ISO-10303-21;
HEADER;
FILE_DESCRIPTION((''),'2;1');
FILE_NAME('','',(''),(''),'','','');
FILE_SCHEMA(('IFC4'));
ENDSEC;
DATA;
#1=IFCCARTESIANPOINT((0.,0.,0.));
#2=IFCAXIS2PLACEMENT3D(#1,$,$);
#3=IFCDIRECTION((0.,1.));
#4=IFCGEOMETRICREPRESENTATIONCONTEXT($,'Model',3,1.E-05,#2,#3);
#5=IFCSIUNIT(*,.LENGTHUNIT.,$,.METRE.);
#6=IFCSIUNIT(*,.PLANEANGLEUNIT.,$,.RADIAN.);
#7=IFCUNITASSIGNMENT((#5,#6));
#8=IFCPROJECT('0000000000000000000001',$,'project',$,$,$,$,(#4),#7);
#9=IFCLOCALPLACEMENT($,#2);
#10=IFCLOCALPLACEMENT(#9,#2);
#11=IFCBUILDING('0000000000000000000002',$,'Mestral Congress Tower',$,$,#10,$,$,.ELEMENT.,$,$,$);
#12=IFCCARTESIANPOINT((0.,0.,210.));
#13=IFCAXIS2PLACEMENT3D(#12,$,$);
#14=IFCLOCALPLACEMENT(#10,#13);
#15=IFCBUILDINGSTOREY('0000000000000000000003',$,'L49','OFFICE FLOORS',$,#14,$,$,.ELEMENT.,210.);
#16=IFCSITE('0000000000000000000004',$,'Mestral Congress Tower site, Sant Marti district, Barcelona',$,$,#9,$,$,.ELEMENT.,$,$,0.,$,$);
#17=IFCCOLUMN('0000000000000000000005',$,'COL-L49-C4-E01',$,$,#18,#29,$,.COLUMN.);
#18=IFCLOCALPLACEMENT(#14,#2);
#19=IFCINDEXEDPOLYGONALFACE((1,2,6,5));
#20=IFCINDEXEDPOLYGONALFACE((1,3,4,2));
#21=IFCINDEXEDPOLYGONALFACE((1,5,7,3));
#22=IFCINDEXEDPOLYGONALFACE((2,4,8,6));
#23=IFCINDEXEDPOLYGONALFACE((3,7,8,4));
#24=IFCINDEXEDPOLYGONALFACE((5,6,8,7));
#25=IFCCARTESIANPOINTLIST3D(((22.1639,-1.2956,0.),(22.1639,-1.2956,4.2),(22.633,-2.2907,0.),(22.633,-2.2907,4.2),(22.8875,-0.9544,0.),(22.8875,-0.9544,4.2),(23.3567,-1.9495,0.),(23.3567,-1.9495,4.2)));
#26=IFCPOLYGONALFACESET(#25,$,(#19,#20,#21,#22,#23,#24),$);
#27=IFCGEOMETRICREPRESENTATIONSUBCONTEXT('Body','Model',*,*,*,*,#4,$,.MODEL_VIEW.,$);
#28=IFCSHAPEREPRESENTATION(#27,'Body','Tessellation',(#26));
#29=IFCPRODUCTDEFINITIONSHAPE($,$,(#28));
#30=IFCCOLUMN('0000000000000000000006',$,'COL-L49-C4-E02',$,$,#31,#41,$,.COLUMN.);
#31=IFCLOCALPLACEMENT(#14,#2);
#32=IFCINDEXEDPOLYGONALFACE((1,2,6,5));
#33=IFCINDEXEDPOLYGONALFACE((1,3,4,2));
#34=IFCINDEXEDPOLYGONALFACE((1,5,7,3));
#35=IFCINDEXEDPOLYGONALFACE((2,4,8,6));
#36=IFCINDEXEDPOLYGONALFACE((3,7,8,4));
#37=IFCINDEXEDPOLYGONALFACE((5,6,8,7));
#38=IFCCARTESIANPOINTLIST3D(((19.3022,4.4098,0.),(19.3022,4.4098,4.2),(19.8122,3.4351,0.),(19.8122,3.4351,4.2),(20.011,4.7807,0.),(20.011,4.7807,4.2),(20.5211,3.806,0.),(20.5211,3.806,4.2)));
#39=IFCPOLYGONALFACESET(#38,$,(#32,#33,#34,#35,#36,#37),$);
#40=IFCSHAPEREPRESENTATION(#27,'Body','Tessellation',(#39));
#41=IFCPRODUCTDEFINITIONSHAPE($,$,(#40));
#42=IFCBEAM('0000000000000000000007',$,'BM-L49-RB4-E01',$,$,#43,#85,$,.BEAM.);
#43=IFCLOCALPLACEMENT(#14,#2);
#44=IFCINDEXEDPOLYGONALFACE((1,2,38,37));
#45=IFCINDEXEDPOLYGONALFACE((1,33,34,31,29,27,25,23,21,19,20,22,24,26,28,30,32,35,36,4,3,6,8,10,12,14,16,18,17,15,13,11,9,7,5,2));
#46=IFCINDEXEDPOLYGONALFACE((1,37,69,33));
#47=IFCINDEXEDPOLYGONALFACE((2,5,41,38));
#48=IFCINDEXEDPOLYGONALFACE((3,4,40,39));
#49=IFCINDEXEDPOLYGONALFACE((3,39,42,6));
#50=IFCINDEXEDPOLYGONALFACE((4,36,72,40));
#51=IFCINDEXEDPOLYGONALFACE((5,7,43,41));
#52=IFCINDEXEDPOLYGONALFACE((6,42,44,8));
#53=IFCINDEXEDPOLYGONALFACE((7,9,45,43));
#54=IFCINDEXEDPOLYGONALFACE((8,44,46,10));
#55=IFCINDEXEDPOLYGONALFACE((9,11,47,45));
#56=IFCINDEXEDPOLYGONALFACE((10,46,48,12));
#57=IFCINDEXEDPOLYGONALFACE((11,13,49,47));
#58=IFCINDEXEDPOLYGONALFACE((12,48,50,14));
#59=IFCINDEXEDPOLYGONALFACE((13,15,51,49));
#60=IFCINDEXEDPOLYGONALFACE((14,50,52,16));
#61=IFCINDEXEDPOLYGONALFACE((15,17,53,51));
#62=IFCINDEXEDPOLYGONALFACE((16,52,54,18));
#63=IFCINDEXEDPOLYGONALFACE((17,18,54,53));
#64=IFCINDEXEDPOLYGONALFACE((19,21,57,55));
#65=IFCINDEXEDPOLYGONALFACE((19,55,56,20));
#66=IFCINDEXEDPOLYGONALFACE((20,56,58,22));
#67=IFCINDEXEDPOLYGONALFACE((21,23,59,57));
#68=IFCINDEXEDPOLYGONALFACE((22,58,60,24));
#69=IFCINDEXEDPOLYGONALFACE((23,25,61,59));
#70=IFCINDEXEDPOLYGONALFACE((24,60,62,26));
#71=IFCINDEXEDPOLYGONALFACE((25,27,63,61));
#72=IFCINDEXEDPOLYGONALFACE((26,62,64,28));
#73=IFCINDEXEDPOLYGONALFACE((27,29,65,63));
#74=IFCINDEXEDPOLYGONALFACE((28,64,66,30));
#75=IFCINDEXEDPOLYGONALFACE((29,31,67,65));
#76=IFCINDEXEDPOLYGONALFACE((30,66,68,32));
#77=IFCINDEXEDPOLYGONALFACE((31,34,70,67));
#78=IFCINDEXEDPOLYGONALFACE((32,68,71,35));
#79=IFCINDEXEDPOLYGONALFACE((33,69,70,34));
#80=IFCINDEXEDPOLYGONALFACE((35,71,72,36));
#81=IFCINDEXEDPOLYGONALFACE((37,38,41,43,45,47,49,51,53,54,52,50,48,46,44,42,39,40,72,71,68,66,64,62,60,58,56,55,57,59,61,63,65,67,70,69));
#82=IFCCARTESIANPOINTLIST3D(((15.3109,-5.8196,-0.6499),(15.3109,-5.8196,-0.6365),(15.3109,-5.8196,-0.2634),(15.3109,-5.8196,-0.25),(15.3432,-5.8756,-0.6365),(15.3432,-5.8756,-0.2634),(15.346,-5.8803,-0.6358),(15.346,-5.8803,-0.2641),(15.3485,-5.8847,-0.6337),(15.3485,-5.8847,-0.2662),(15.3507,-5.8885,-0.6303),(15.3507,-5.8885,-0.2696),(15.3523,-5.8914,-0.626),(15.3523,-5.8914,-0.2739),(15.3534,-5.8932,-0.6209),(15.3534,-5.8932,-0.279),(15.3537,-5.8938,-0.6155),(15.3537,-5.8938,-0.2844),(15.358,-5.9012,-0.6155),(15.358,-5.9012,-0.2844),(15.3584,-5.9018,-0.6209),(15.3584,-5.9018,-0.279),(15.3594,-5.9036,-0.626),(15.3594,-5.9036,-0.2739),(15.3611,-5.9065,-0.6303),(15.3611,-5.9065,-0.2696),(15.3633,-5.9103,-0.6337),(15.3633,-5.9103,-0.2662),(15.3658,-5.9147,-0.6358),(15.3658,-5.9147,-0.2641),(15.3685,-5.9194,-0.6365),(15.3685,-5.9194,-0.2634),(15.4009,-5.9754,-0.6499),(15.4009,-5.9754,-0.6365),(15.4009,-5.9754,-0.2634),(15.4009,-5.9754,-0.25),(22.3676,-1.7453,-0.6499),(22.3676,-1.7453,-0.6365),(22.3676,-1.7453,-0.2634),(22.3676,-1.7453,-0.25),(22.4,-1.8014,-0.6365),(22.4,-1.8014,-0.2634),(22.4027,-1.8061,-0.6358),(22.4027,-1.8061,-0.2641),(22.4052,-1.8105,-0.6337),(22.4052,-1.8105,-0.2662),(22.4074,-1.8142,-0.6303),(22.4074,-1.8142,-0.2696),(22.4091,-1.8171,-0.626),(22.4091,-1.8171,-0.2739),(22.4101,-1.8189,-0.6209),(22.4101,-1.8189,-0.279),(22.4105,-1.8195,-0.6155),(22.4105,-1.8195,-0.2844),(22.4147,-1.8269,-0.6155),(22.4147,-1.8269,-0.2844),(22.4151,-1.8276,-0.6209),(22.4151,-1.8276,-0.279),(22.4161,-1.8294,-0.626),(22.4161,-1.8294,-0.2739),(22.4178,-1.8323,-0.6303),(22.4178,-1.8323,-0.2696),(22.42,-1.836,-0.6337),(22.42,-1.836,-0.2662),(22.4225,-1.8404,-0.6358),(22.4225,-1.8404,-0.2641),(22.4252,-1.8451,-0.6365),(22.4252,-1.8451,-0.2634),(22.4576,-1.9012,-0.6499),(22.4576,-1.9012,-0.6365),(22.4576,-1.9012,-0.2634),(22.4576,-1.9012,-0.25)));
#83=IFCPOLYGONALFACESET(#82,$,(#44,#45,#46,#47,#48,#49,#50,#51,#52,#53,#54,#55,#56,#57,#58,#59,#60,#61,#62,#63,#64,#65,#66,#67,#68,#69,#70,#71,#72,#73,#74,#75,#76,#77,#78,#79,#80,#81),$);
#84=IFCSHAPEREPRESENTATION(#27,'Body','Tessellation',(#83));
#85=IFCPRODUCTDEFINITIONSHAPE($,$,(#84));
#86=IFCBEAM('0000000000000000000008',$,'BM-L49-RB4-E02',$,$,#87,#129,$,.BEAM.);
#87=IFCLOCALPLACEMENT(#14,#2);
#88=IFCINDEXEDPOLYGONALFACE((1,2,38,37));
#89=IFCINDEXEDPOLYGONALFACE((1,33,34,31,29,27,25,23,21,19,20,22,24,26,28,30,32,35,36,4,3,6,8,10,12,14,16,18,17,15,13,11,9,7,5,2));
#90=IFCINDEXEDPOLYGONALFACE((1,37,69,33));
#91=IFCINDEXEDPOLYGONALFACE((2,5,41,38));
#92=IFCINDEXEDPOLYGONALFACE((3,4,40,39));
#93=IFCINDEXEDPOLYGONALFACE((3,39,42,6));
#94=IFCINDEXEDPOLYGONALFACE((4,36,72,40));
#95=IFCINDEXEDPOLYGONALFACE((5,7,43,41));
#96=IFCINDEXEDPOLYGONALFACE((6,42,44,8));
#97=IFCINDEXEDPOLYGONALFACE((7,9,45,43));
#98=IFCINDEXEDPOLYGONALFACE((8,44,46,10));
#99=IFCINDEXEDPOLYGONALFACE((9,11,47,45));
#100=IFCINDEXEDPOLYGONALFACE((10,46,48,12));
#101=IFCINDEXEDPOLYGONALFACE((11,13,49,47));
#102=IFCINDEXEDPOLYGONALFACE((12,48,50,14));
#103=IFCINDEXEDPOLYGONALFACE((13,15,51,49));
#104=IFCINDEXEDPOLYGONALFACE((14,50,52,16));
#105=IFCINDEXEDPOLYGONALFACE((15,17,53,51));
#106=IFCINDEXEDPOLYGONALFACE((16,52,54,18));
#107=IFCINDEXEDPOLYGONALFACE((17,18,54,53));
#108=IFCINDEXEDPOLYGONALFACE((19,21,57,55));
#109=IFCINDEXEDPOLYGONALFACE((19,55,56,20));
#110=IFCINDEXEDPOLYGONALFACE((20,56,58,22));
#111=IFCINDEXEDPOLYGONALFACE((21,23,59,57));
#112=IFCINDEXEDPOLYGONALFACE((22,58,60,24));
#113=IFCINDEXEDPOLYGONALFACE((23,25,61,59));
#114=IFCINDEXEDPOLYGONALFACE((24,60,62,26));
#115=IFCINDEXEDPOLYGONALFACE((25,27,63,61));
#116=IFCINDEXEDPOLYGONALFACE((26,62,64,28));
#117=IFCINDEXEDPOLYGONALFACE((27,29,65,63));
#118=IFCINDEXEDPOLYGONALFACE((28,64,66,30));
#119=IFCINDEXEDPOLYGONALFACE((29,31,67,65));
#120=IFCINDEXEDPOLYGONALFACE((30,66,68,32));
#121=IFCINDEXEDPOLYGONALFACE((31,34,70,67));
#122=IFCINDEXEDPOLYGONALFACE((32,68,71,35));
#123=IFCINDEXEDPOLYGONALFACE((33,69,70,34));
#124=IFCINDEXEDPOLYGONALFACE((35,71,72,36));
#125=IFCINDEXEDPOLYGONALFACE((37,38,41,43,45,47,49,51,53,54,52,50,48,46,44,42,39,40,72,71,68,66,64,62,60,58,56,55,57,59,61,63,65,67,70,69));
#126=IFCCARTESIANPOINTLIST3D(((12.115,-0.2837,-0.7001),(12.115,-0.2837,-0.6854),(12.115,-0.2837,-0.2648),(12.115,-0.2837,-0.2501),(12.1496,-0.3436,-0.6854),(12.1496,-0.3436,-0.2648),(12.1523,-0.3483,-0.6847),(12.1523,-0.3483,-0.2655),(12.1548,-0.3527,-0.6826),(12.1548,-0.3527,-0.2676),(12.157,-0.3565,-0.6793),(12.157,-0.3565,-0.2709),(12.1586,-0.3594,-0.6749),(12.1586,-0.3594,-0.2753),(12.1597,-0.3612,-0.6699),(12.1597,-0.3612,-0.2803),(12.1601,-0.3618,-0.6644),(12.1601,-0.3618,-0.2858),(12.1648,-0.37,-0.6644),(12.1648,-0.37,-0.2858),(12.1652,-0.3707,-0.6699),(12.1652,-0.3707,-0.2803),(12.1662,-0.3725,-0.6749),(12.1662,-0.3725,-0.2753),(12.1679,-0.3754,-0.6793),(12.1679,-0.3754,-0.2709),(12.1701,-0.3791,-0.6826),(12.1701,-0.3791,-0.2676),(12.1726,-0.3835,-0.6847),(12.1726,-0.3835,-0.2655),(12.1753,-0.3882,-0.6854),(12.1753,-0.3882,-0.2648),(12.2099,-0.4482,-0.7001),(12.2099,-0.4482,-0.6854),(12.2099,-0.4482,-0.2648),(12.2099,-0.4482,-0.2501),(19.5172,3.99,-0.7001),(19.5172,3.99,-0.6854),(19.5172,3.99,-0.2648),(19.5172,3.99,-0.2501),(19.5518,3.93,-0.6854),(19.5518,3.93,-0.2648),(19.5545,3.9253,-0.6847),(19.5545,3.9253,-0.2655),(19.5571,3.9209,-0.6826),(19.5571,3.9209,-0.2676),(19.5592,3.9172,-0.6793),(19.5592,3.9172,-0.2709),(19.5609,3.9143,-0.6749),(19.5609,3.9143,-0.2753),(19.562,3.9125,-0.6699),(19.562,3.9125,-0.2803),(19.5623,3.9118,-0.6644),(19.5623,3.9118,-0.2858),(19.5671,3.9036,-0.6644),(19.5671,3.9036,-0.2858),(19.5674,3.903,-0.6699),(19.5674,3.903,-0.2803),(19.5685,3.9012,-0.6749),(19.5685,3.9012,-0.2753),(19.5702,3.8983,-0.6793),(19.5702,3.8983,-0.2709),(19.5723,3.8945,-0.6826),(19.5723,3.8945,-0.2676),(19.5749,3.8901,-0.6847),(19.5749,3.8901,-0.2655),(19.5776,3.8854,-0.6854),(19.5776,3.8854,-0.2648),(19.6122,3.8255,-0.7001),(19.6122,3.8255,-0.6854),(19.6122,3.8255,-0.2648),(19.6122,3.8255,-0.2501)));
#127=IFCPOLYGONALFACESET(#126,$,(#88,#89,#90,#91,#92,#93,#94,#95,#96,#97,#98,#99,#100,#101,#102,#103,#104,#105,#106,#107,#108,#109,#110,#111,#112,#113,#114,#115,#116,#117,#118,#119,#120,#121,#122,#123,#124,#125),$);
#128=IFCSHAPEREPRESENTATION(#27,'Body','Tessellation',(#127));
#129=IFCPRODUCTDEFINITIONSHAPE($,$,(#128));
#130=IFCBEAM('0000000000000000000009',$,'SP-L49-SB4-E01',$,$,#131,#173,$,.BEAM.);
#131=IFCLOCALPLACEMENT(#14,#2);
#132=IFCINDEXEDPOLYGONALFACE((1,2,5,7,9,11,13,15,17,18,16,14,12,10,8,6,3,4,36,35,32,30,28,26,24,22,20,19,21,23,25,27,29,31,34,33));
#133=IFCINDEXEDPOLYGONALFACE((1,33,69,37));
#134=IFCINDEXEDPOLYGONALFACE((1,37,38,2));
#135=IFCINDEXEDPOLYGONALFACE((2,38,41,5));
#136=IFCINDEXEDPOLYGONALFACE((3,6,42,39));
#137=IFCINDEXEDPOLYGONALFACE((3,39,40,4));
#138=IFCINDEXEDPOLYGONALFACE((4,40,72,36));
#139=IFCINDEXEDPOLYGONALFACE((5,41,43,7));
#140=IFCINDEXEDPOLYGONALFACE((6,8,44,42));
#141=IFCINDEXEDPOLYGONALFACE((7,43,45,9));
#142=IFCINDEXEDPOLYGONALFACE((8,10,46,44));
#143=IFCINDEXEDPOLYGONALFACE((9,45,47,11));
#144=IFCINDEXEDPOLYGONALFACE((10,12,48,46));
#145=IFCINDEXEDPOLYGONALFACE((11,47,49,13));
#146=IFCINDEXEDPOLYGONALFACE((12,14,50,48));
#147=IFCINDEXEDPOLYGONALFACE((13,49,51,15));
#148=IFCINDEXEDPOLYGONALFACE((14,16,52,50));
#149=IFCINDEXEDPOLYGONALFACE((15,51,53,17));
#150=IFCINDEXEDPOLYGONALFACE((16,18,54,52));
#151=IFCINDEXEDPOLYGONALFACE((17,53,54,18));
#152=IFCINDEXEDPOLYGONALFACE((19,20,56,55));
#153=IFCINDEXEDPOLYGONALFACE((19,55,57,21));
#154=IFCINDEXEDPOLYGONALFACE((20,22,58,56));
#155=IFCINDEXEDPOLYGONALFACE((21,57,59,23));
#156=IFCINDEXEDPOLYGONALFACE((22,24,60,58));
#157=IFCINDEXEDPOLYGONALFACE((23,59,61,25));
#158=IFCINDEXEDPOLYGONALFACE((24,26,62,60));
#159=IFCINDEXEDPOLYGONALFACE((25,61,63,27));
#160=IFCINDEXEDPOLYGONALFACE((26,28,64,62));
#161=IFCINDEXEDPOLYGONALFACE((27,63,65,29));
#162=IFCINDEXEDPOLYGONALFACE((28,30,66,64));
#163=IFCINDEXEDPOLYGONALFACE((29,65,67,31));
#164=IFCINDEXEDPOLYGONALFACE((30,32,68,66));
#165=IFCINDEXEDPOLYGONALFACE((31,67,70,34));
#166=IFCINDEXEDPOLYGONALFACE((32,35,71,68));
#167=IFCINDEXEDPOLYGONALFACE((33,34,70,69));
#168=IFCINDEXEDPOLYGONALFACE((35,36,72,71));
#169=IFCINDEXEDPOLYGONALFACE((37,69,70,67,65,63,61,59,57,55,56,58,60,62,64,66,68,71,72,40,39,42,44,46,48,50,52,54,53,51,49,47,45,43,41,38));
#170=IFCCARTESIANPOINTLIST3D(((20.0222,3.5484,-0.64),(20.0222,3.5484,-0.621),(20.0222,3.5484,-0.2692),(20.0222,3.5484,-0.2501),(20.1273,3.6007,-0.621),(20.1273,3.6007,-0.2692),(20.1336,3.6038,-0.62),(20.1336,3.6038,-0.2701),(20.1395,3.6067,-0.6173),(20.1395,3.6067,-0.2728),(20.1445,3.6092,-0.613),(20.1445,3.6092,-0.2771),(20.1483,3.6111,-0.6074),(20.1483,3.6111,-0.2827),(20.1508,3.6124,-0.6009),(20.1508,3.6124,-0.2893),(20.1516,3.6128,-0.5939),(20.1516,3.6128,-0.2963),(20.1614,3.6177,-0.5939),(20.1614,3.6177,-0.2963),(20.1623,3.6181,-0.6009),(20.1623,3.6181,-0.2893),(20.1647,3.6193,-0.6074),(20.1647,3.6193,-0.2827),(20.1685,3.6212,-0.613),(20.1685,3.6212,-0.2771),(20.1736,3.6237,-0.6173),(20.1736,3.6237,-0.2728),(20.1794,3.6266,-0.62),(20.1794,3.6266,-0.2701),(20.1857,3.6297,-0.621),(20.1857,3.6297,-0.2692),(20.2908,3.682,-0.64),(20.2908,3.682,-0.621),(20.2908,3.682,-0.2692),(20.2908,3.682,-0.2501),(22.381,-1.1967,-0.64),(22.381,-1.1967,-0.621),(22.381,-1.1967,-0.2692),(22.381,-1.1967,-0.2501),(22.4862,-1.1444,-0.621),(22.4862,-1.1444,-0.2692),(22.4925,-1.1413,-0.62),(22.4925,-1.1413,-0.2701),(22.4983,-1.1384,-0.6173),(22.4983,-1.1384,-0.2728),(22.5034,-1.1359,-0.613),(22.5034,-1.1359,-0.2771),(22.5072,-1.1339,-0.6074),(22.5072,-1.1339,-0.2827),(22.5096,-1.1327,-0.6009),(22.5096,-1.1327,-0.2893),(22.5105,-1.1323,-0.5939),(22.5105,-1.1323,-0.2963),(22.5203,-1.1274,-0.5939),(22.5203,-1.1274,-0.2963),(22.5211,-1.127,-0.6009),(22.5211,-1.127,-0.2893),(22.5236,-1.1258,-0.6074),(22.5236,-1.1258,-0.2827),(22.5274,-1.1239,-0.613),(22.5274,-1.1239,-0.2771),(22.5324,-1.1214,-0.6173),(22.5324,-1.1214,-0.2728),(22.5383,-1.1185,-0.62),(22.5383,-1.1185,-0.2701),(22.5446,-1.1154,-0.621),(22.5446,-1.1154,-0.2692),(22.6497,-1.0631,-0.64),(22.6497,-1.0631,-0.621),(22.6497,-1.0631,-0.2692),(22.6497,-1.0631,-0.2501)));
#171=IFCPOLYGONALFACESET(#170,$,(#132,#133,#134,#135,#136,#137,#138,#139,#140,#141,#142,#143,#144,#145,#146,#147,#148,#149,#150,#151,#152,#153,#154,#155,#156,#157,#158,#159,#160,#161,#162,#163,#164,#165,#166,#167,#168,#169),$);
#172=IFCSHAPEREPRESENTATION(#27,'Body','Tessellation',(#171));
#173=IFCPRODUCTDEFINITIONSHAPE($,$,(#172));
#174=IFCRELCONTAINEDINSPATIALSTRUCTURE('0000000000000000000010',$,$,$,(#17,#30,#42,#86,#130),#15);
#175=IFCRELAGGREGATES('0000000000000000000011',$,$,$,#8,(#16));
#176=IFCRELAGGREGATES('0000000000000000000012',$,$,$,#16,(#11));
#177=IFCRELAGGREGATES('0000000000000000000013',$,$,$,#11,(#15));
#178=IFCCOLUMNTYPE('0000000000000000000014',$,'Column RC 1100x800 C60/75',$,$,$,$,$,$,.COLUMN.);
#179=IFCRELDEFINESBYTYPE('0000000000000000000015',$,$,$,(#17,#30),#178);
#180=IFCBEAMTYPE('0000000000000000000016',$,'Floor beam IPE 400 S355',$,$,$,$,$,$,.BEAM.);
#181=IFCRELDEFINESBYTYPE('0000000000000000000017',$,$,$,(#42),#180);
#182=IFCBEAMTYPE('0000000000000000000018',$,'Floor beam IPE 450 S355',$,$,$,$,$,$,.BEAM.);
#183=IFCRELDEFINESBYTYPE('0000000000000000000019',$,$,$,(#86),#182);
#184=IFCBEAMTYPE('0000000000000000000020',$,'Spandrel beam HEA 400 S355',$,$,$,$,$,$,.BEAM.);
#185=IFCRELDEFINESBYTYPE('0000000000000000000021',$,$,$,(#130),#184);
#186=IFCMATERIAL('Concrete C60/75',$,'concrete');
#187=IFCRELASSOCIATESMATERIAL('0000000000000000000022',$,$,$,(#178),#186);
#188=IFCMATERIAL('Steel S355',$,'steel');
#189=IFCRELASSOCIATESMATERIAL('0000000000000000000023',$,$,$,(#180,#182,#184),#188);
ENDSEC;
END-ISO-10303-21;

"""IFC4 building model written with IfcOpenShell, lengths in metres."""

from ifc_helpers import new_model, si_unit, direction, frame, origin, origin_2d, place, context, subcontext, project, spatial, rectangle, i_section, extrude, material, material_profile, profile_set, type_object, element, save


model = new_model("IFC4")

# Units and contexts
model_context = context("Model", 3, precision=1e-05, world=origin(), true_north=direction((0.0, 1.0)))
body_context = subcontext(model_context, "Body", "Model", "MODEL_VIEW")
ifc_project = project(units=[si_unit("LENGTHUNIT", "METRE"), si_unit("PLANEANGLEUNIT", "RADIAN")], contexts=[model_context])

# Site, building, storey
site_placement = place(None, origin())
site = spatial("IfcSite", under=ifc_project, at=site_placement, Name="Mestral Congress Tower site, Sant Marti district, Barcelona", CompositionType="ELEMENT", RefElevation=0.0)
building_placement = place(site_placement, origin())
building = spatial("IfcBuilding", under=site, at=building_placement, Name="Mestral Congress Tower", CompositionType="ELEMENT")
storey_placement = place(building_placement, frame((0.0, 0.0, 210.0)))
storey = spatial("IfcBuildingStorey", under=building, at=storey_placement, Name="L49", Description="OFFICE FLOORS", CompositionType="ELEMENT", Elevation=210.0)

# Columns
ifc_material_1 = material(Name="Concrete C60/75", Category="concrete")
ifc_material_profile_1 = material_profile(ifc_material_1, rectangle(XDim=1.1001, YDim=0.8, at=origin_2d()), Name="RC 1100x800")
ifc_profile_set_1 = profile_set([ifc_material_profile_1], Name="Concrete C60/75")
column_type = type_object("IfcColumnType", Name="Column RC 1100x800 C60/75", PredefinedType="COLUMN", material=ifc_profile_set_1)
for number, where, z_axis, x_axis, name in (
    (1, (22.7603, -1.6226, 0.0), (0.0, 0.0, 1.0), (-0.426472, 0.904501, 0.0), "COL-L49-C4-E01"),
    (2, (19.9116, 4.1079, 0.0), (0.0, 0.0, 1.0), (-0.463636, 0.886026, 0.0), "COL-L49-C4-E02"),
):
    element("IfcColumn", number, at=place(storey_placement, frame(where, z_axis=z_axis, x_axis=x_axis)), inside=storey, type_object=column_type, Name=name, PredefinedType="COLUMN", context=body_context, shape_type="SweptSolid", body=[
        extrude(rectangle(XDim=1.1001, YDim=0.8, at=origin_2d()), origin(), (0.0, 0.0, 1.0), 4.2),
    ])

# Beams
ifc_material_2 = material(Name="Steel S355", Category="steel")
ifc_material_profile_2 = material_profile(ifc_material_2, i_section(OverallWidth=0.1799, OverallDepth=0.3999, WebThickness=0.0085, FlangeThickness=0.0134, FilletRadius=0.021, at=origin_2d()), Name="IPE 400")
ifc_profile_set_2 = profile_set([ifc_material_profile_2], Name="Steel S355")
beam_type_1 = type_object("IfcBeamType", Name="Floor beam IPE 400 S355", PredefinedType="BEAM", material=ifc_profile_set_2)
beam_1_placement = place(storey_placement, frame((22.4126, -1.8232, -0.45), z_axis=(-0.866022, -0.500006, 0.0), x_axis=(0.500006, -0.866022, 0.0)))
element("IfcBeam", 3, at=beam_1_placement, inside=storey, type_object=beam_type_1, Name="BM-L49-RB4-E01", PredefinedType="BEAM", context=body_context, shape_type="SweptSolid", body=[
    extrude(i_section(OverallWidth=0.1799, OverallDepth=0.3999, WebThickness=0.0085, FlangeThickness=0.0134, FilletRadius=0.021, at=origin_2d()), origin(), (0.0, 0.0, 1.0), 8.1484),
])
ifc_material_profile_3 = material_profile(ifc_material_2, i_section(OverallWidth=0.1899, OverallDepth=0.45, WebThickness=0.0095, FlangeThickness=0.0146, FilletRadius=0.021, at=origin_2d()), Name="IPE 450")
ifc_profile_set_3 = profile_set([ifc_material_profile_3], Name="Steel S355")
beam_type_2 = type_object("IfcBeamType", Name="Floor beam IPE 450 S355", PredefinedType="BEAM", material=ifc_profile_set_3)
beam_2_placement = place(storey_placement, frame((19.5647, 3.9077, -0.4751), z_axis=(-0.866029, -0.499994, 0.0), x_axis=(0.499994, -0.866029, 0.0)))
element("IfcBeam", 4, at=beam_2_placement, inside=storey, type_object=beam_type_2, Name="BM-L49-RB4-E02", PredefinedType="BEAM", context=body_context, shape_type="SweptSolid", body=[
    extrude(i_section(OverallWidth=0.1899, OverallDepth=0.45, WebThickness=0.0095, FlangeThickness=0.0146, FilletRadius=0.021, at=origin_2d()), origin(), (0.0, 0.0, 1.0), 8.5474),
])
ifc_material_profile_4 = material_profile(ifc_material_2, i_section(OverallWidth=0.3, OverallDepth=0.3899, WebThickness=0.011, FlangeThickness=0.019, FilletRadius=0.0271, at=origin_2d()), Name="HEA 400")
ifc_profile_set_4 = profile_set([ifc_material_profile_4], Name="Steel S355")
beam_type_3 = type_object("IfcBeamType", Name="Spandrel beam HEA 400 S355", PredefinedType="BEAM", material=ifc_profile_set_4)
beam_3_placement = place(storey_placement, frame((22.5154, -1.1299, -0.4451), z_axis=(-0.445148, 0.895457, 0.0), x_axis=(-0.895457, -0.445148, 0.0)))
element("IfcBeam", 5, at=beam_3_placement, inside=storey, type_object=beam_type_3, Name="SP-L49-SB4-E01", PredefinedType="BEAM", context=body_context, shape_type="SweptSolid", body=[
    extrude(i_section(OverallWidth=0.3, OverallDepth=0.3899, WebThickness=0.011, FlangeThickness=0.019, FilletRadius=0.0271, at=origin_2d()), origin(), (0.0, 0.0, 1.0), 5.2991),
])

save(model, "model.ifc")
